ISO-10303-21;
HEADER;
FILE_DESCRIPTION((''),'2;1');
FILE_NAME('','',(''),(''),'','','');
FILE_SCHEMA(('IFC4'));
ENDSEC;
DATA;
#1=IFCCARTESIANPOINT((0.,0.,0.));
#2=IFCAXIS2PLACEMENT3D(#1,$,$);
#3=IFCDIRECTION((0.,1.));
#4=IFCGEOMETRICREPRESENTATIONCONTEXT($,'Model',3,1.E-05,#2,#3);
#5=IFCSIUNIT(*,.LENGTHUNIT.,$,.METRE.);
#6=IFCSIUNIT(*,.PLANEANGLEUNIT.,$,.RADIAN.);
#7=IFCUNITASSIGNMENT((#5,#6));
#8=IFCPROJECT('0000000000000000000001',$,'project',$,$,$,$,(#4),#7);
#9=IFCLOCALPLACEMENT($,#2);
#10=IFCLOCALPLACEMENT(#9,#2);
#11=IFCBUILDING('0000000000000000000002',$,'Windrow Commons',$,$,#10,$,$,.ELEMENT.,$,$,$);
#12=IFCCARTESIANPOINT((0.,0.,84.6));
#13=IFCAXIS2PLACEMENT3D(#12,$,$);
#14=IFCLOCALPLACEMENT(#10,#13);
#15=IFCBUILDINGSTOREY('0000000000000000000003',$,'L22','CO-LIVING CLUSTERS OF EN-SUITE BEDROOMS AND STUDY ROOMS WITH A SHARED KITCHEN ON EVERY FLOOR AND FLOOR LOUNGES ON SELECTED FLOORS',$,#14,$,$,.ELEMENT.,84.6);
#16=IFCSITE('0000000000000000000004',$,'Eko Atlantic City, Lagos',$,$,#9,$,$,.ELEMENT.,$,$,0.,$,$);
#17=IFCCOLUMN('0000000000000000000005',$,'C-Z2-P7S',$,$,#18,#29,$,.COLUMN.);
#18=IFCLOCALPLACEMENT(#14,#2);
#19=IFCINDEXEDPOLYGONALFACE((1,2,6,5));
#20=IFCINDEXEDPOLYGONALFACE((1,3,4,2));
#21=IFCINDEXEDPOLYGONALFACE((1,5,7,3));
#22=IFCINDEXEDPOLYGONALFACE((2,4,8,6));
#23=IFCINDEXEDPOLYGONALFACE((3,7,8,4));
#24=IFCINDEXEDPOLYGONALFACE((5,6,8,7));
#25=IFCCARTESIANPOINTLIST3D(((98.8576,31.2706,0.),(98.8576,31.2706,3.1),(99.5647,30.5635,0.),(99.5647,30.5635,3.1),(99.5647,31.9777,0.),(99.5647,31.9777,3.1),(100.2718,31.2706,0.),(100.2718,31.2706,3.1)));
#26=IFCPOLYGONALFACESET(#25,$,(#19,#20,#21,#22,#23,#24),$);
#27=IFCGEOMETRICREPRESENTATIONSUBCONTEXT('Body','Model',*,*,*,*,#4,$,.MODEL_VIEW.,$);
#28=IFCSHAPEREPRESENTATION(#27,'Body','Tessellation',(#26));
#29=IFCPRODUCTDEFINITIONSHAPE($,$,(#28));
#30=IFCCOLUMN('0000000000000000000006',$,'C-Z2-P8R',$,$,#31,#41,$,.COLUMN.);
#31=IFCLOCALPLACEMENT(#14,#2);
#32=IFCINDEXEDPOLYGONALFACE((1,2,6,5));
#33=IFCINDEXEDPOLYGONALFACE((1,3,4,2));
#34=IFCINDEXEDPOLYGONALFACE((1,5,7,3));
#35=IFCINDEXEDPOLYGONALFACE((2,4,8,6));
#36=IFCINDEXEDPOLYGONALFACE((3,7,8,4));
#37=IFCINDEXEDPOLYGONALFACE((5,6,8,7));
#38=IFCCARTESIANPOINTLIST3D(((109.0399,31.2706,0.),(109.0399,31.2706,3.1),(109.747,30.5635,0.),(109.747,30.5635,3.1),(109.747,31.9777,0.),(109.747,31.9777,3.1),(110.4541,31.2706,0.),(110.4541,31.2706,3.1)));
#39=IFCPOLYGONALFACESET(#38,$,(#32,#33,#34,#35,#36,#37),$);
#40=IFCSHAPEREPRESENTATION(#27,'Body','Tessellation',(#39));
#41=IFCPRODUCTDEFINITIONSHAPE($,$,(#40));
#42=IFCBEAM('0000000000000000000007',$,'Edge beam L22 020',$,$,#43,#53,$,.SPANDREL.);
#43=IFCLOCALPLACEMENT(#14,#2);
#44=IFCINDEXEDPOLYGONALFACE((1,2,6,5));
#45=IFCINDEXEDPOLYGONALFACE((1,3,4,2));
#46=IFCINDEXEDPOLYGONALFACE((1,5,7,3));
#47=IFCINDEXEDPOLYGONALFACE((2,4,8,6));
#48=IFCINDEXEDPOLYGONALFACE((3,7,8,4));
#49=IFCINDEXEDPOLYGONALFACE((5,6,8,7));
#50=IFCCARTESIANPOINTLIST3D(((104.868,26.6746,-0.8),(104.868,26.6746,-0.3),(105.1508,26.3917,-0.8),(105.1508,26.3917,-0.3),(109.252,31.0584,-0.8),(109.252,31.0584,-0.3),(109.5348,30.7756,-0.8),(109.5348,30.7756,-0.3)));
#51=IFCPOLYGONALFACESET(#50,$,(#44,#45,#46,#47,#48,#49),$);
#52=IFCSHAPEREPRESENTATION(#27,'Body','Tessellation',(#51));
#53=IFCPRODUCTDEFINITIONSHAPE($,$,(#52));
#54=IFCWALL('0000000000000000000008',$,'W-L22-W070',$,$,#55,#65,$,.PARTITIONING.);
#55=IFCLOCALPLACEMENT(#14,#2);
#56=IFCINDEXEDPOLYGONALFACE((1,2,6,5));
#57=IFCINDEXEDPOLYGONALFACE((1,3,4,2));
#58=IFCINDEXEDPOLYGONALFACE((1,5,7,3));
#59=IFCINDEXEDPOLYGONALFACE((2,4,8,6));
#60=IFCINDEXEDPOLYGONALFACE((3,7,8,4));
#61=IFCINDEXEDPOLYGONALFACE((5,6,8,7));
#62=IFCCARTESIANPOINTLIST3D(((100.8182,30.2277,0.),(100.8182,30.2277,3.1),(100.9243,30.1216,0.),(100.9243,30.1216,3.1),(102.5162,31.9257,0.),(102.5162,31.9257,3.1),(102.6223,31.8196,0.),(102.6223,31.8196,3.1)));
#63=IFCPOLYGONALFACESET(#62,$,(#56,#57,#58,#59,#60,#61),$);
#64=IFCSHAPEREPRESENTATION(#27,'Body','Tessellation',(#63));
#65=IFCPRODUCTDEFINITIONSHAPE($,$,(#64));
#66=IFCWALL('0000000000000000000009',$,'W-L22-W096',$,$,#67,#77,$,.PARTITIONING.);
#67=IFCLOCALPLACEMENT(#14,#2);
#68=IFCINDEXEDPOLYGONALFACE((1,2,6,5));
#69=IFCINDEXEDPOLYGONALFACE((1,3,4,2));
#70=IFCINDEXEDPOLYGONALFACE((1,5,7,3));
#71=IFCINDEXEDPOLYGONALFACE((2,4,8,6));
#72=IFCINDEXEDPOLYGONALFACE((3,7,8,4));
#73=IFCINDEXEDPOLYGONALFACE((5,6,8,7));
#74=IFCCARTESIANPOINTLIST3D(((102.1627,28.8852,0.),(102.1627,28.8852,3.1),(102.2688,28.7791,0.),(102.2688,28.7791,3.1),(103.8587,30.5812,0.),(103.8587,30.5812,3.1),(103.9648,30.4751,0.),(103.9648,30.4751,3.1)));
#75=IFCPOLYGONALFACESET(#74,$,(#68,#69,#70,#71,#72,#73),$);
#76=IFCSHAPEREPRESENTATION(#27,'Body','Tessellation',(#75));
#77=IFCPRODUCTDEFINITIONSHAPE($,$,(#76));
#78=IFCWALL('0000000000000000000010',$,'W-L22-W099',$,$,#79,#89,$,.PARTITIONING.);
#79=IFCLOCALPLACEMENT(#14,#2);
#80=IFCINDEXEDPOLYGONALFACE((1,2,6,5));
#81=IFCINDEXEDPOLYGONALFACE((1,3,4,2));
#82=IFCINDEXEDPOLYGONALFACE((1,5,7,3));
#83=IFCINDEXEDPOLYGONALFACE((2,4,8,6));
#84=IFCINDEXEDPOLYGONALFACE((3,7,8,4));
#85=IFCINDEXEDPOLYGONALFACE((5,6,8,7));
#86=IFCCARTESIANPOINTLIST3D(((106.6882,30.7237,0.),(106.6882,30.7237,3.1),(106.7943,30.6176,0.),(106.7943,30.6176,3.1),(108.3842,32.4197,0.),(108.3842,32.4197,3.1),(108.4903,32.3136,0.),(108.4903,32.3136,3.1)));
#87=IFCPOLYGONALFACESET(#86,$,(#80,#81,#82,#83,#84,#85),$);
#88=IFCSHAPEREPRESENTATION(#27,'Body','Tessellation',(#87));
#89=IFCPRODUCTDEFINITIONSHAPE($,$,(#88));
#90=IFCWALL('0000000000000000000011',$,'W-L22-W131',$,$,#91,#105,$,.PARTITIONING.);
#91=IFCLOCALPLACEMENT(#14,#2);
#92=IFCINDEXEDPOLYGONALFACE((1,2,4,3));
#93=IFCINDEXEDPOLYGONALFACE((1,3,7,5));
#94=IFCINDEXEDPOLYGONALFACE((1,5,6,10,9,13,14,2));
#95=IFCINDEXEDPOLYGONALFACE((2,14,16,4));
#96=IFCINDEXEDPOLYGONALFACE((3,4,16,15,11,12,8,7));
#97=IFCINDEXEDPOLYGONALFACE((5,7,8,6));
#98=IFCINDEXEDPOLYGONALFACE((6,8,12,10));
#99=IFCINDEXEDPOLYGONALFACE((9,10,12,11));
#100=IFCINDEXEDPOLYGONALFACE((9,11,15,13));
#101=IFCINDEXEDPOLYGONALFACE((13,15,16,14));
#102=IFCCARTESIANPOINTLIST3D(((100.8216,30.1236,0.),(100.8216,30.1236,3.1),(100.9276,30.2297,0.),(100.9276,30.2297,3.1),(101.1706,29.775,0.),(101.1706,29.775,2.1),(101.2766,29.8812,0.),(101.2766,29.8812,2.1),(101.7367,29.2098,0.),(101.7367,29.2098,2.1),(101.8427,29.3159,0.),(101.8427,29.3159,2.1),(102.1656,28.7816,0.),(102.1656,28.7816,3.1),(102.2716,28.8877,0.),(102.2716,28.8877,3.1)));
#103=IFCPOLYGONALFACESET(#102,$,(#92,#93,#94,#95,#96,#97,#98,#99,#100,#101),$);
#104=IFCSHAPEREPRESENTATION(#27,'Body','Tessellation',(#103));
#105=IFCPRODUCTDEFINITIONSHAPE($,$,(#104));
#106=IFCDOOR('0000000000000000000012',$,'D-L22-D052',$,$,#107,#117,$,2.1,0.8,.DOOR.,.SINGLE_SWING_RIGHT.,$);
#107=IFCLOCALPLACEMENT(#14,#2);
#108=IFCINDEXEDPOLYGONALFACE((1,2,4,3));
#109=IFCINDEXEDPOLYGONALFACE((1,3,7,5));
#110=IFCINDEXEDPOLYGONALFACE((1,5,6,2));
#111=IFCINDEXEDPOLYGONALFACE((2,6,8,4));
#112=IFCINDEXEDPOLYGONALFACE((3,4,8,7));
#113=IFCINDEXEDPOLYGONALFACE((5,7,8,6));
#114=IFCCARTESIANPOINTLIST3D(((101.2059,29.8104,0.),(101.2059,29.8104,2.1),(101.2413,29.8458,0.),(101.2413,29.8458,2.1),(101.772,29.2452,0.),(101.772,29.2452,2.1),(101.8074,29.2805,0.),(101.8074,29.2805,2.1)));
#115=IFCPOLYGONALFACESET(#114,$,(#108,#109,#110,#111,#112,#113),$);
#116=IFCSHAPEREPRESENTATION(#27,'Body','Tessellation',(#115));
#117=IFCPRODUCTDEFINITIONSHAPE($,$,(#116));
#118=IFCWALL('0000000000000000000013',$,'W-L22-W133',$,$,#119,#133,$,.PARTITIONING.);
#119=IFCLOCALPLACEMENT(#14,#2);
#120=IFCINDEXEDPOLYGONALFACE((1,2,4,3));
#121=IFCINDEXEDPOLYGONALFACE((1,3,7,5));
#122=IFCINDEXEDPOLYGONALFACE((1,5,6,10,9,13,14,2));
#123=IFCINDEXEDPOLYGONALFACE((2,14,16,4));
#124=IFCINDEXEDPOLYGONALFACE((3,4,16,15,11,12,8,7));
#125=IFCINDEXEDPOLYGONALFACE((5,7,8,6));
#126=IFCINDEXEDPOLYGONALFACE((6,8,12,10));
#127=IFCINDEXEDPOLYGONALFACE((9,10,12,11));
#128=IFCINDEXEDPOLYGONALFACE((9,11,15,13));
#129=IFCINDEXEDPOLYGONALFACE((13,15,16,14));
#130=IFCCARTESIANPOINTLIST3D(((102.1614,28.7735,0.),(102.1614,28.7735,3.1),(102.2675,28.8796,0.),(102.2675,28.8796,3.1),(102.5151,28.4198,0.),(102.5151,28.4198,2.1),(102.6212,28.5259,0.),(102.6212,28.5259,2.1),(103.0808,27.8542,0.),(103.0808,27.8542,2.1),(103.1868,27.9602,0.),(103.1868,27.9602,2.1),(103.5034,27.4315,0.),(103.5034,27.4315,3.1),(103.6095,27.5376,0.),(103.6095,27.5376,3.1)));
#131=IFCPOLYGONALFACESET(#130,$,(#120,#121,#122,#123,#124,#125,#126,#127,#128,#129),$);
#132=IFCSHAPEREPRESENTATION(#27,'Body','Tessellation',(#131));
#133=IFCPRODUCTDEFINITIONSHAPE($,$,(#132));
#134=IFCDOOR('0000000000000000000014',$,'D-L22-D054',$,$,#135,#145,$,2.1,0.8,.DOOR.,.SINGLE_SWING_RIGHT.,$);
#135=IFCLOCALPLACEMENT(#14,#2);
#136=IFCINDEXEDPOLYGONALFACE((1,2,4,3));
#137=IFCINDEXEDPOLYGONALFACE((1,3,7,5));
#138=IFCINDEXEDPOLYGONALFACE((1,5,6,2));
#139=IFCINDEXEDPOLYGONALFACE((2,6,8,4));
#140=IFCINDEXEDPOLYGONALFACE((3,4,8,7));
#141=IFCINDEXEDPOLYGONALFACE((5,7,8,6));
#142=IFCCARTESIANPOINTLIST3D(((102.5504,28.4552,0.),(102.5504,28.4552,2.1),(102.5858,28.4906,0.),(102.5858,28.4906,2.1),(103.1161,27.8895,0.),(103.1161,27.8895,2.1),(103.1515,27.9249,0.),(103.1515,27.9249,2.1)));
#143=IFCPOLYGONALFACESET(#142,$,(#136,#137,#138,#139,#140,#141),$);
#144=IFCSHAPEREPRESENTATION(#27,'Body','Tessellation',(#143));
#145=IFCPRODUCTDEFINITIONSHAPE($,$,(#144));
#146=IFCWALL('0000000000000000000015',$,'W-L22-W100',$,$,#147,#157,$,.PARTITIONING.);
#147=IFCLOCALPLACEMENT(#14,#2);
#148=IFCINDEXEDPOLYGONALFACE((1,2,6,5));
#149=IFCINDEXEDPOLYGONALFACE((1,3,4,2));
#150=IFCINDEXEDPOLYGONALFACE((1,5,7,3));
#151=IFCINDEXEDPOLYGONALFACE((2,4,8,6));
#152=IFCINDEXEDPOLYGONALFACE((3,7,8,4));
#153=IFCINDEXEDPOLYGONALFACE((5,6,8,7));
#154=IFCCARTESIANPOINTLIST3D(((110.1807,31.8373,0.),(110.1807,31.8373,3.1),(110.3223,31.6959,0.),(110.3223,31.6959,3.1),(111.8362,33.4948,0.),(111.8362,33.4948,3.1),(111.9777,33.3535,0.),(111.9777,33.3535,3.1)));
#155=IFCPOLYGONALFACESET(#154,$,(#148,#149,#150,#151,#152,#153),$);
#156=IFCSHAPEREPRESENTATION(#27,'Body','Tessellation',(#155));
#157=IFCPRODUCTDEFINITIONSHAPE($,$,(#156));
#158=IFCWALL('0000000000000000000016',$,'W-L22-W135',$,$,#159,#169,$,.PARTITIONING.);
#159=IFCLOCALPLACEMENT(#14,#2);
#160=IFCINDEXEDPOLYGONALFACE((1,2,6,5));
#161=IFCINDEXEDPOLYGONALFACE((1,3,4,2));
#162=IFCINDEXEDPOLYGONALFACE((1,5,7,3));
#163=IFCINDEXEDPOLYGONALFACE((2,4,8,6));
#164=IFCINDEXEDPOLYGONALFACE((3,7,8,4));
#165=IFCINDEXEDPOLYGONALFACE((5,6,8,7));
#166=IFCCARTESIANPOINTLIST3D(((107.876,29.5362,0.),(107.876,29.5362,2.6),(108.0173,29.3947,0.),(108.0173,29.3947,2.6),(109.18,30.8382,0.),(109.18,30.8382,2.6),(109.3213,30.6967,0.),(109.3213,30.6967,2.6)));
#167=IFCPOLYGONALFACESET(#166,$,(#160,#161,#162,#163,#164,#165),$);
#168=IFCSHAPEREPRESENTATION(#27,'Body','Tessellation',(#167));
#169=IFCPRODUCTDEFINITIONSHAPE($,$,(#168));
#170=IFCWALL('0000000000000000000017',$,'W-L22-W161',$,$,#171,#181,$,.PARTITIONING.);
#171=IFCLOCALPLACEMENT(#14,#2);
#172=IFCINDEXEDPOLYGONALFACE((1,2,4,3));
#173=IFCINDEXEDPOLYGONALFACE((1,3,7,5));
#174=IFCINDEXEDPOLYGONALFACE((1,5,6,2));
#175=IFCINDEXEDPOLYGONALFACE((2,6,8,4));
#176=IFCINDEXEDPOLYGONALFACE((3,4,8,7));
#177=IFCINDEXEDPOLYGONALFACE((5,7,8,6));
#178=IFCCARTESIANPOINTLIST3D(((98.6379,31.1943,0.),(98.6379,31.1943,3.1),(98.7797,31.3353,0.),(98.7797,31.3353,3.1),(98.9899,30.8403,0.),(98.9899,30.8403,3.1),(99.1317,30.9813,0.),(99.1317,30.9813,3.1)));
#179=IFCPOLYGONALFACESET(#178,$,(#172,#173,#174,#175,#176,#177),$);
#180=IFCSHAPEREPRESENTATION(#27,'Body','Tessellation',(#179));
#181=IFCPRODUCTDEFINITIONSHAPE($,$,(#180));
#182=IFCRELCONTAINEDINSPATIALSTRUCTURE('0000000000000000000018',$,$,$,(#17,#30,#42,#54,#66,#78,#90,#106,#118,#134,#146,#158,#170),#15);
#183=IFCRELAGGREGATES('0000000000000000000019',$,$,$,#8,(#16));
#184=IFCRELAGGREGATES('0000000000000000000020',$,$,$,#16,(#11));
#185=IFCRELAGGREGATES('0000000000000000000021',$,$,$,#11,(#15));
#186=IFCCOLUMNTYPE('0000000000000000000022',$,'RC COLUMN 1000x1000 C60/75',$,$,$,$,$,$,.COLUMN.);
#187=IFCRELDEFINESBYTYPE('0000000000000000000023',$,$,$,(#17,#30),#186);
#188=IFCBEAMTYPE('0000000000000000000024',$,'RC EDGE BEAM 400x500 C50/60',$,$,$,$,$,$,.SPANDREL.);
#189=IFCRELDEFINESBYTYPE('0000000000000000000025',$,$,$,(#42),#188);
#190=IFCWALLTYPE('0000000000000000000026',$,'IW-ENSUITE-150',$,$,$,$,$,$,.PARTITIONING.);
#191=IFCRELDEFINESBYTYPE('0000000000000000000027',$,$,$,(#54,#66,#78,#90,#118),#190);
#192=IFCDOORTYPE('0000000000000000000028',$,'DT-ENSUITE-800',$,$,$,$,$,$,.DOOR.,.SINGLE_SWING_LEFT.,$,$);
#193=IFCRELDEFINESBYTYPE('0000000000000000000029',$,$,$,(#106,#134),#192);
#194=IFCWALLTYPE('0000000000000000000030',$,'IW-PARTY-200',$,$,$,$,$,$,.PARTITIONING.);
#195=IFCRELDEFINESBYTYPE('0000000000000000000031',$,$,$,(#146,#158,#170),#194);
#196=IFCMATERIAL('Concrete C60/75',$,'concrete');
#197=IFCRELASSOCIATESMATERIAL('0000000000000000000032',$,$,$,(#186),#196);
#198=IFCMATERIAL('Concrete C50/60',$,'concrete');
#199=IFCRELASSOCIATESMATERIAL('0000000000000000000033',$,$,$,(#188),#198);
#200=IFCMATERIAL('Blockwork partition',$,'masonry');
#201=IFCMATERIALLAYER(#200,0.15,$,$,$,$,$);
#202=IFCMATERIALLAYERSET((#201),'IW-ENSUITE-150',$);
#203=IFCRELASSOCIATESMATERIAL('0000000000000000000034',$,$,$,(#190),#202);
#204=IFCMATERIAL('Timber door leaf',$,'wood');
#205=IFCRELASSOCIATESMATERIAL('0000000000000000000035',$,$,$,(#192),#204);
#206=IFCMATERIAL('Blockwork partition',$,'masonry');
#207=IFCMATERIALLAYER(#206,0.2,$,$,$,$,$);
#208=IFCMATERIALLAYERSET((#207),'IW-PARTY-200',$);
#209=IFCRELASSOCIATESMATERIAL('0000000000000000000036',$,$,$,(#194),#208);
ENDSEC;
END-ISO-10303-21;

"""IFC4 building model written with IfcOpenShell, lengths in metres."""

from ifc_helpers import new_model, si_unit, direction, frame, frame_2d, origin, origin_2d, place, context, subcontext, project, spatial, rectangle, extrude, material, layer, layer_set, material_profile, profile_set, type_object, element, fill, save


model = new_model("IFC4")

# Units and contexts
model_context = context("Model", 3, precision=1e-05, world=origin(), true_north=direction((0.0, 1.0)))
body_context = subcontext(model_context, "Body", "Model", "MODEL_VIEW")
ifc_project = project(units=[si_unit("LENGTHUNIT", "METRE"), si_unit("PLANEANGLEUNIT", "RADIAN")], contexts=[model_context])

# Site, building, storey
site_placement = place(None, origin())
site = spatial("IfcSite", under=ifc_project, at=site_placement, Name="Eko Atlantic City, Lagos", CompositionType="ELEMENT", RefElevation=0.0)
building_placement = place(site_placement, origin())
building = spatial("IfcBuilding", under=site, at=building_placement, Name="Windrow Commons", CompositionType="ELEMENT")
storey_placement = place(building_placement, frame((0.0, 0.0, 84.6)))
storey = spatial("IfcBuildingStorey", under=building, at=storey_placement, Name="L22", Description="CO-LIVING CLUSTERS OF EN-SUITE BEDROOMS AND STUDY ROOMS WITH A SHARED KITCHEN ON EVERY FLOOR AND FLOOR LOUNGES ON SELECTED FLOORS", CompositionType="ELEMENT", Elevation=84.6)

# Columns
ifc_material_1 = material(Name="Concrete C60/75", Category="concrete")
ifc_material_profile_1 = material_profile(ifc_material_1, rectangle(XDim=1.0, YDim=1.0, at=origin_2d()))
ifc_profile_set_1 = profile_set([ifc_material_profile_1], Name="Concrete C60/75")
column_type = type_object("IfcColumnType", Name="RC COLUMN 1000x1000 C60/75", PredefinedType="COLUMN", material=ifc_profile_set_1)
for number, where, z_axis, x_axis, name in (
    (1, (99.5647, 31.2706, 0.0), (0.0, 0.0, 1.0), (0.707107, -0.707107, 0.0), "C-Z2-P7S"),
    (2, (109.747, 31.2706, 0.0), (0.0, 0.0, 1.0), (0.707107, -0.707107, 0.0), "C-Z2-P8R"),
):
    element("IfcColumn", number, at=place(storey_placement, frame(where, z_axis=z_axis, x_axis=x_axis)), inside=storey, type_object=column_type, Name=name, PredefinedType="COLUMN", context=body_context, shape_type="SweptSolid", body=[
        extrude(rectangle(XDim=1.0, YDim=1.0, at=origin_2d()), origin(), (0.0, 0.0, 1.0), 3.1),
    ])

# Beam
ifc_material_2 = material(Name="Concrete C50/60", Category="concrete")
ifc_material_profile_2 = material_profile(ifc_material_2, rectangle(XDim=0.4, YDim=0.5, at=origin_2d()))
ifc_profile_set_2 = profile_set([ifc_material_profile_2], Name="Concrete C50/60")
beam_type = type_object("IfcBeamType", Name="RC EDGE BEAM 400x500 C50/60", PredefinedType="SPANDREL", material=ifc_profile_set_2)
beam_placement = place(storey_placement, frame((109.3934, 30.917, -0.55), z_axis=(-0.707115, -0.707099, 0.0), x_axis=(0.707099, -0.707115, 0.0)))
element("IfcBeam", 3, at=beam_placement, inside=storey, type_object=beam_type, Name="Edge beam L22 020", PredefinedType="SPANDREL", context=body_context, shape_type="SweptSolid", body=[
    extrude(rectangle(XDim=0.4, YDim=0.5, at=origin_2d()), origin(), (0.0, 0.0, 1.0), 6.1998),
])

# Walls
ifc_material_3 = material(Name="Blockwork partition", Category="masonry")
ifc_layer_1 = layer(ifc_material_3, 0.15)
ifc_layer_set_1 = layer_set([ifc_layer_1], Name="IW-ENSUITE-150")
wall_type_1 = type_object("IfcWallType", Name="IW-ENSUITE-150", PredefinedType="PARTITIONING", material=ifc_layer_set_1)
wall_1_placement = place(storey_placement, frame((100.8713, 30.1747, 0.0), z_axis=(0.0, 0.0, 1.0), x_axis=(0.707107, 0.707107, 0.0)))
element("IfcWall", 4, at=wall_1_placement, inside=storey, type_object=wall_type_1, Name="W-L22-W070", PredefinedType="PARTITIONING", context=body_context, shape_type="SweptSolid", body=[
    extrude(rectangle(XDim=2.4013, YDim=0.15, at=frame_2d((1.2006, 0.0))), origin(), (0.0, 0.0, 1.0), 3.1),
])
for number, where, z_axis, x_axis, name in (
    (5, (102.2158, 28.8322, 0.0), (0.0, 0.0, 1.0), (0.707107, 0.707107, 0.0), "W-L22-W096"),
    (6, (106.7413, 30.6707, 0.0), (0.0, 0.0, 1.0), (0.707107, 0.707107, 0.0), "W-L22-W099"),
):
    element("IfcWall", number, at=place(storey_placement, frame(where, z_axis=z_axis, x_axis=x_axis)), inside=storey, type_object=wall_type_1, Name=name, PredefinedType="PARTITIONING", context=body_context, shape_type="SweptSolid", body=[
        extrude(rectangle(XDim=2.3985, YDim=0.15, at=frame_2d((1.1992, 0.0))), origin(), (0.0, 0.0, 1.0), 3.1),
    ])

# Walls, openings, doors
wall_2_placement = place(storey_placement, frame((100.8746, 30.1766, 0.0), z_axis=(0.0, 0.0, 1.0), x_axis=(0.707633, -0.70658, 0.0)))
wall_2 = element("IfcWall", 7, at=wall_2_placement, inside=storey, type_object=wall_type_1, Name="W-L22-W131", PredefinedType="PARTITIONING", context=body_context, shape_type="SweptSolid", body=[
    extrude(rectangle(XDim=1.8993, YDim=0.15, at=frame_2d((0.9496, 0.0))), origin(), (0.0, 0.0, 1.0), 3.1),
])
opening_1_placement = place(wall_2_placement, frame((0.4932, 0.0, 0.0)))
opening_1 = element("IfcOpeningElement", 8, at=opening_1_placement, cuts=wall_2, PredefinedType="OPENING", context=body_context, shape_type="SweptSolid", body=[
    extrude(rectangle(XDim=0.8, YDim=2.1, at=frame_2d((0.4, 1.05))), frame((0.0, 0.085, 0.0), z_axis=(0.0, -1.0, 0.0), x_axis=(1.0, 0.0, 0.0)), (0.0, 0.0, 1.0), 0.17),
])
ifc_material_4 = material(Name="Timber door leaf", Category="wood")
door_type = type_object("IfcDoorType", Name="DT-ENSUITE-800", OperationType="SINGLE_SWING_LEFT", PredefinedType="DOOR", material=ifc_material_4)
door_1_placement = place(opening_1_placement, origin())
door_1 = element("IfcDoor", 9, at=door_1_placement, inside=storey, type_object=door_type, Name="D-L22-D052", OperationType="SINGLE_SWING_RIGHT", OverallHeight=2.1, OverallWidth=0.8, PredefinedType="DOOR", context=body_context, shape_type="SweptSolid", body=[
    extrude(rectangle(XDim=0.8, YDim=2.1, at=frame_2d((0.4, 1.05))), frame((0.0, 0.025, 0.0), z_axis=(0.0, -1.0, 0.0), x_axis=(1.0, 0.0, 0.0)), (0.0, 0.0, 1.0), 0.05),
])
fill(opening_1, door_1)
wall_3_placement = place(storey_placement, frame((102.2145, 28.8265, 0.0), z_axis=(0.0, 0.0, 1.0), x_axis=(0.707107, -0.707107, 0.0)))
wall_3 = element("IfcWall", 10, at=wall_3_placement, inside=storey, type_object=wall_type_1, Name="W-L22-W133", PredefinedType="PARTITIONING", context=body_context, shape_type="SweptSolid", body=[
    extrude(rectangle(XDim=1.8979, YDim=0.15, at=frame_2d((0.9489, 0.0))), origin(), (0.0, 0.0, 1.0), 3.1),
])
opening_2_placement = place(wall_3_placement, frame((0.5001, 0.0, 0.0)))
opening_2 = element("IfcOpeningElement", 11, at=opening_2_placement, cuts=wall_3, PredefinedType="OPENING", context=body_context, shape_type="SweptSolid", body=[
    extrude(rectangle(XDim=0.8, YDim=2.1, at=frame_2d((0.4, 1.05))), frame((0.0, 0.085, 0.0), z_axis=(0.0, -1.0, 0.0), x_axis=(1.0, 0.0, 0.0)), (0.0, 0.0, 1.0), 0.17),
])
door_2_placement = place(opening_2_placement, origin())
door_2 = element("IfcDoor", 12, at=door_2_placement, inside=storey, type_object=door_type, Name="D-L22-D054", OperationType="SINGLE_SWING_RIGHT", OverallHeight=2.1, OverallWidth=0.8, PredefinedType="DOOR", context=body_context, shape_type="SweptSolid", body=[
    extrude(rectangle(XDim=0.8, YDim=2.1, at=frame_2d((0.4, 1.05))), frame((0.0, 0.025, 0.0), z_axis=(0.0, -1.0, 0.0), x_axis=(1.0, 0.0, 0.0)), (0.0, 0.0, 1.0), 0.05),
])
fill(opening_2, door_2)

# Walls
ifc_material_5 = material(Name="Blockwork partition", Category="masonry")
ifc_layer_2 = layer(ifc_material_5, 0.2)
ifc_layer_set_2 = layer_set([ifc_layer_2], Name="IW-PARTY-200")
wall_type_2 = type_object("IfcWallType", Name="IW-PARTY-200", PredefinedType="PARTITIONING", material=ifc_layer_set_2)
wall_4_placement = place(storey_placement, frame((110.2515, 31.7666, 0.0), z_axis=(0.0, 0.0, 1.0), x_axis=(0.706658, 0.707555, 0.0)))
element("IfcWall", 13, at=wall_4_placement, inside=storey, type_object=wall_type_2, Name="W-L22-W100", PredefinedType="PARTITIONING", context=body_context, shape_type="SweptSolid", body=[
    extrude(rectangle(XDim=2.3426, YDim=0.2, at=frame_2d((1.1713, 0.0))), origin(), (0.0, 0.0, 1.0), 3.1),
])
wall_5_placement = place(storey_placement, frame((107.9466, 29.4654, 0.0), z_axis=(0.0, 0.0, 1.0), x_axis=(0.707649, 0.706564, 0.0)))
element("IfcWall", 14, at=wall_5_placement, inside=storey, type_object=wall_type_2, Name="W-L22-W135", PredefinedType="PARTITIONING", context=body_context, shape_type="SweptSolid", body=[
    extrude(rectangle(XDim=1.8427, YDim=0.2, at=frame_2d((0.9214, 0.0))), origin(), (0.0, 0.0, 1.0), 2.6),
])
wall_6_placement = place(storey_placement, frame((98.7088, 31.2648, 0.0), z_axis=(0.0, 0.0, 1.0), x_axis=(0.705101, -0.709107, 0.0)))
element("IfcWall", 15, at=wall_6_placement, inside=storey, type_object=wall_type_2, Name="W-L22-W161", PredefinedType="PARTITIONING", context=body_context, shape_type="SweptSolid", body=[
    extrude(rectangle(XDim=0.4992, YDim=0.2, at=frame_2d((0.2496, 0.0))), origin(), (0.0, 0.0, 1.0), 3.1),
])

save(model, "model.ifc")
